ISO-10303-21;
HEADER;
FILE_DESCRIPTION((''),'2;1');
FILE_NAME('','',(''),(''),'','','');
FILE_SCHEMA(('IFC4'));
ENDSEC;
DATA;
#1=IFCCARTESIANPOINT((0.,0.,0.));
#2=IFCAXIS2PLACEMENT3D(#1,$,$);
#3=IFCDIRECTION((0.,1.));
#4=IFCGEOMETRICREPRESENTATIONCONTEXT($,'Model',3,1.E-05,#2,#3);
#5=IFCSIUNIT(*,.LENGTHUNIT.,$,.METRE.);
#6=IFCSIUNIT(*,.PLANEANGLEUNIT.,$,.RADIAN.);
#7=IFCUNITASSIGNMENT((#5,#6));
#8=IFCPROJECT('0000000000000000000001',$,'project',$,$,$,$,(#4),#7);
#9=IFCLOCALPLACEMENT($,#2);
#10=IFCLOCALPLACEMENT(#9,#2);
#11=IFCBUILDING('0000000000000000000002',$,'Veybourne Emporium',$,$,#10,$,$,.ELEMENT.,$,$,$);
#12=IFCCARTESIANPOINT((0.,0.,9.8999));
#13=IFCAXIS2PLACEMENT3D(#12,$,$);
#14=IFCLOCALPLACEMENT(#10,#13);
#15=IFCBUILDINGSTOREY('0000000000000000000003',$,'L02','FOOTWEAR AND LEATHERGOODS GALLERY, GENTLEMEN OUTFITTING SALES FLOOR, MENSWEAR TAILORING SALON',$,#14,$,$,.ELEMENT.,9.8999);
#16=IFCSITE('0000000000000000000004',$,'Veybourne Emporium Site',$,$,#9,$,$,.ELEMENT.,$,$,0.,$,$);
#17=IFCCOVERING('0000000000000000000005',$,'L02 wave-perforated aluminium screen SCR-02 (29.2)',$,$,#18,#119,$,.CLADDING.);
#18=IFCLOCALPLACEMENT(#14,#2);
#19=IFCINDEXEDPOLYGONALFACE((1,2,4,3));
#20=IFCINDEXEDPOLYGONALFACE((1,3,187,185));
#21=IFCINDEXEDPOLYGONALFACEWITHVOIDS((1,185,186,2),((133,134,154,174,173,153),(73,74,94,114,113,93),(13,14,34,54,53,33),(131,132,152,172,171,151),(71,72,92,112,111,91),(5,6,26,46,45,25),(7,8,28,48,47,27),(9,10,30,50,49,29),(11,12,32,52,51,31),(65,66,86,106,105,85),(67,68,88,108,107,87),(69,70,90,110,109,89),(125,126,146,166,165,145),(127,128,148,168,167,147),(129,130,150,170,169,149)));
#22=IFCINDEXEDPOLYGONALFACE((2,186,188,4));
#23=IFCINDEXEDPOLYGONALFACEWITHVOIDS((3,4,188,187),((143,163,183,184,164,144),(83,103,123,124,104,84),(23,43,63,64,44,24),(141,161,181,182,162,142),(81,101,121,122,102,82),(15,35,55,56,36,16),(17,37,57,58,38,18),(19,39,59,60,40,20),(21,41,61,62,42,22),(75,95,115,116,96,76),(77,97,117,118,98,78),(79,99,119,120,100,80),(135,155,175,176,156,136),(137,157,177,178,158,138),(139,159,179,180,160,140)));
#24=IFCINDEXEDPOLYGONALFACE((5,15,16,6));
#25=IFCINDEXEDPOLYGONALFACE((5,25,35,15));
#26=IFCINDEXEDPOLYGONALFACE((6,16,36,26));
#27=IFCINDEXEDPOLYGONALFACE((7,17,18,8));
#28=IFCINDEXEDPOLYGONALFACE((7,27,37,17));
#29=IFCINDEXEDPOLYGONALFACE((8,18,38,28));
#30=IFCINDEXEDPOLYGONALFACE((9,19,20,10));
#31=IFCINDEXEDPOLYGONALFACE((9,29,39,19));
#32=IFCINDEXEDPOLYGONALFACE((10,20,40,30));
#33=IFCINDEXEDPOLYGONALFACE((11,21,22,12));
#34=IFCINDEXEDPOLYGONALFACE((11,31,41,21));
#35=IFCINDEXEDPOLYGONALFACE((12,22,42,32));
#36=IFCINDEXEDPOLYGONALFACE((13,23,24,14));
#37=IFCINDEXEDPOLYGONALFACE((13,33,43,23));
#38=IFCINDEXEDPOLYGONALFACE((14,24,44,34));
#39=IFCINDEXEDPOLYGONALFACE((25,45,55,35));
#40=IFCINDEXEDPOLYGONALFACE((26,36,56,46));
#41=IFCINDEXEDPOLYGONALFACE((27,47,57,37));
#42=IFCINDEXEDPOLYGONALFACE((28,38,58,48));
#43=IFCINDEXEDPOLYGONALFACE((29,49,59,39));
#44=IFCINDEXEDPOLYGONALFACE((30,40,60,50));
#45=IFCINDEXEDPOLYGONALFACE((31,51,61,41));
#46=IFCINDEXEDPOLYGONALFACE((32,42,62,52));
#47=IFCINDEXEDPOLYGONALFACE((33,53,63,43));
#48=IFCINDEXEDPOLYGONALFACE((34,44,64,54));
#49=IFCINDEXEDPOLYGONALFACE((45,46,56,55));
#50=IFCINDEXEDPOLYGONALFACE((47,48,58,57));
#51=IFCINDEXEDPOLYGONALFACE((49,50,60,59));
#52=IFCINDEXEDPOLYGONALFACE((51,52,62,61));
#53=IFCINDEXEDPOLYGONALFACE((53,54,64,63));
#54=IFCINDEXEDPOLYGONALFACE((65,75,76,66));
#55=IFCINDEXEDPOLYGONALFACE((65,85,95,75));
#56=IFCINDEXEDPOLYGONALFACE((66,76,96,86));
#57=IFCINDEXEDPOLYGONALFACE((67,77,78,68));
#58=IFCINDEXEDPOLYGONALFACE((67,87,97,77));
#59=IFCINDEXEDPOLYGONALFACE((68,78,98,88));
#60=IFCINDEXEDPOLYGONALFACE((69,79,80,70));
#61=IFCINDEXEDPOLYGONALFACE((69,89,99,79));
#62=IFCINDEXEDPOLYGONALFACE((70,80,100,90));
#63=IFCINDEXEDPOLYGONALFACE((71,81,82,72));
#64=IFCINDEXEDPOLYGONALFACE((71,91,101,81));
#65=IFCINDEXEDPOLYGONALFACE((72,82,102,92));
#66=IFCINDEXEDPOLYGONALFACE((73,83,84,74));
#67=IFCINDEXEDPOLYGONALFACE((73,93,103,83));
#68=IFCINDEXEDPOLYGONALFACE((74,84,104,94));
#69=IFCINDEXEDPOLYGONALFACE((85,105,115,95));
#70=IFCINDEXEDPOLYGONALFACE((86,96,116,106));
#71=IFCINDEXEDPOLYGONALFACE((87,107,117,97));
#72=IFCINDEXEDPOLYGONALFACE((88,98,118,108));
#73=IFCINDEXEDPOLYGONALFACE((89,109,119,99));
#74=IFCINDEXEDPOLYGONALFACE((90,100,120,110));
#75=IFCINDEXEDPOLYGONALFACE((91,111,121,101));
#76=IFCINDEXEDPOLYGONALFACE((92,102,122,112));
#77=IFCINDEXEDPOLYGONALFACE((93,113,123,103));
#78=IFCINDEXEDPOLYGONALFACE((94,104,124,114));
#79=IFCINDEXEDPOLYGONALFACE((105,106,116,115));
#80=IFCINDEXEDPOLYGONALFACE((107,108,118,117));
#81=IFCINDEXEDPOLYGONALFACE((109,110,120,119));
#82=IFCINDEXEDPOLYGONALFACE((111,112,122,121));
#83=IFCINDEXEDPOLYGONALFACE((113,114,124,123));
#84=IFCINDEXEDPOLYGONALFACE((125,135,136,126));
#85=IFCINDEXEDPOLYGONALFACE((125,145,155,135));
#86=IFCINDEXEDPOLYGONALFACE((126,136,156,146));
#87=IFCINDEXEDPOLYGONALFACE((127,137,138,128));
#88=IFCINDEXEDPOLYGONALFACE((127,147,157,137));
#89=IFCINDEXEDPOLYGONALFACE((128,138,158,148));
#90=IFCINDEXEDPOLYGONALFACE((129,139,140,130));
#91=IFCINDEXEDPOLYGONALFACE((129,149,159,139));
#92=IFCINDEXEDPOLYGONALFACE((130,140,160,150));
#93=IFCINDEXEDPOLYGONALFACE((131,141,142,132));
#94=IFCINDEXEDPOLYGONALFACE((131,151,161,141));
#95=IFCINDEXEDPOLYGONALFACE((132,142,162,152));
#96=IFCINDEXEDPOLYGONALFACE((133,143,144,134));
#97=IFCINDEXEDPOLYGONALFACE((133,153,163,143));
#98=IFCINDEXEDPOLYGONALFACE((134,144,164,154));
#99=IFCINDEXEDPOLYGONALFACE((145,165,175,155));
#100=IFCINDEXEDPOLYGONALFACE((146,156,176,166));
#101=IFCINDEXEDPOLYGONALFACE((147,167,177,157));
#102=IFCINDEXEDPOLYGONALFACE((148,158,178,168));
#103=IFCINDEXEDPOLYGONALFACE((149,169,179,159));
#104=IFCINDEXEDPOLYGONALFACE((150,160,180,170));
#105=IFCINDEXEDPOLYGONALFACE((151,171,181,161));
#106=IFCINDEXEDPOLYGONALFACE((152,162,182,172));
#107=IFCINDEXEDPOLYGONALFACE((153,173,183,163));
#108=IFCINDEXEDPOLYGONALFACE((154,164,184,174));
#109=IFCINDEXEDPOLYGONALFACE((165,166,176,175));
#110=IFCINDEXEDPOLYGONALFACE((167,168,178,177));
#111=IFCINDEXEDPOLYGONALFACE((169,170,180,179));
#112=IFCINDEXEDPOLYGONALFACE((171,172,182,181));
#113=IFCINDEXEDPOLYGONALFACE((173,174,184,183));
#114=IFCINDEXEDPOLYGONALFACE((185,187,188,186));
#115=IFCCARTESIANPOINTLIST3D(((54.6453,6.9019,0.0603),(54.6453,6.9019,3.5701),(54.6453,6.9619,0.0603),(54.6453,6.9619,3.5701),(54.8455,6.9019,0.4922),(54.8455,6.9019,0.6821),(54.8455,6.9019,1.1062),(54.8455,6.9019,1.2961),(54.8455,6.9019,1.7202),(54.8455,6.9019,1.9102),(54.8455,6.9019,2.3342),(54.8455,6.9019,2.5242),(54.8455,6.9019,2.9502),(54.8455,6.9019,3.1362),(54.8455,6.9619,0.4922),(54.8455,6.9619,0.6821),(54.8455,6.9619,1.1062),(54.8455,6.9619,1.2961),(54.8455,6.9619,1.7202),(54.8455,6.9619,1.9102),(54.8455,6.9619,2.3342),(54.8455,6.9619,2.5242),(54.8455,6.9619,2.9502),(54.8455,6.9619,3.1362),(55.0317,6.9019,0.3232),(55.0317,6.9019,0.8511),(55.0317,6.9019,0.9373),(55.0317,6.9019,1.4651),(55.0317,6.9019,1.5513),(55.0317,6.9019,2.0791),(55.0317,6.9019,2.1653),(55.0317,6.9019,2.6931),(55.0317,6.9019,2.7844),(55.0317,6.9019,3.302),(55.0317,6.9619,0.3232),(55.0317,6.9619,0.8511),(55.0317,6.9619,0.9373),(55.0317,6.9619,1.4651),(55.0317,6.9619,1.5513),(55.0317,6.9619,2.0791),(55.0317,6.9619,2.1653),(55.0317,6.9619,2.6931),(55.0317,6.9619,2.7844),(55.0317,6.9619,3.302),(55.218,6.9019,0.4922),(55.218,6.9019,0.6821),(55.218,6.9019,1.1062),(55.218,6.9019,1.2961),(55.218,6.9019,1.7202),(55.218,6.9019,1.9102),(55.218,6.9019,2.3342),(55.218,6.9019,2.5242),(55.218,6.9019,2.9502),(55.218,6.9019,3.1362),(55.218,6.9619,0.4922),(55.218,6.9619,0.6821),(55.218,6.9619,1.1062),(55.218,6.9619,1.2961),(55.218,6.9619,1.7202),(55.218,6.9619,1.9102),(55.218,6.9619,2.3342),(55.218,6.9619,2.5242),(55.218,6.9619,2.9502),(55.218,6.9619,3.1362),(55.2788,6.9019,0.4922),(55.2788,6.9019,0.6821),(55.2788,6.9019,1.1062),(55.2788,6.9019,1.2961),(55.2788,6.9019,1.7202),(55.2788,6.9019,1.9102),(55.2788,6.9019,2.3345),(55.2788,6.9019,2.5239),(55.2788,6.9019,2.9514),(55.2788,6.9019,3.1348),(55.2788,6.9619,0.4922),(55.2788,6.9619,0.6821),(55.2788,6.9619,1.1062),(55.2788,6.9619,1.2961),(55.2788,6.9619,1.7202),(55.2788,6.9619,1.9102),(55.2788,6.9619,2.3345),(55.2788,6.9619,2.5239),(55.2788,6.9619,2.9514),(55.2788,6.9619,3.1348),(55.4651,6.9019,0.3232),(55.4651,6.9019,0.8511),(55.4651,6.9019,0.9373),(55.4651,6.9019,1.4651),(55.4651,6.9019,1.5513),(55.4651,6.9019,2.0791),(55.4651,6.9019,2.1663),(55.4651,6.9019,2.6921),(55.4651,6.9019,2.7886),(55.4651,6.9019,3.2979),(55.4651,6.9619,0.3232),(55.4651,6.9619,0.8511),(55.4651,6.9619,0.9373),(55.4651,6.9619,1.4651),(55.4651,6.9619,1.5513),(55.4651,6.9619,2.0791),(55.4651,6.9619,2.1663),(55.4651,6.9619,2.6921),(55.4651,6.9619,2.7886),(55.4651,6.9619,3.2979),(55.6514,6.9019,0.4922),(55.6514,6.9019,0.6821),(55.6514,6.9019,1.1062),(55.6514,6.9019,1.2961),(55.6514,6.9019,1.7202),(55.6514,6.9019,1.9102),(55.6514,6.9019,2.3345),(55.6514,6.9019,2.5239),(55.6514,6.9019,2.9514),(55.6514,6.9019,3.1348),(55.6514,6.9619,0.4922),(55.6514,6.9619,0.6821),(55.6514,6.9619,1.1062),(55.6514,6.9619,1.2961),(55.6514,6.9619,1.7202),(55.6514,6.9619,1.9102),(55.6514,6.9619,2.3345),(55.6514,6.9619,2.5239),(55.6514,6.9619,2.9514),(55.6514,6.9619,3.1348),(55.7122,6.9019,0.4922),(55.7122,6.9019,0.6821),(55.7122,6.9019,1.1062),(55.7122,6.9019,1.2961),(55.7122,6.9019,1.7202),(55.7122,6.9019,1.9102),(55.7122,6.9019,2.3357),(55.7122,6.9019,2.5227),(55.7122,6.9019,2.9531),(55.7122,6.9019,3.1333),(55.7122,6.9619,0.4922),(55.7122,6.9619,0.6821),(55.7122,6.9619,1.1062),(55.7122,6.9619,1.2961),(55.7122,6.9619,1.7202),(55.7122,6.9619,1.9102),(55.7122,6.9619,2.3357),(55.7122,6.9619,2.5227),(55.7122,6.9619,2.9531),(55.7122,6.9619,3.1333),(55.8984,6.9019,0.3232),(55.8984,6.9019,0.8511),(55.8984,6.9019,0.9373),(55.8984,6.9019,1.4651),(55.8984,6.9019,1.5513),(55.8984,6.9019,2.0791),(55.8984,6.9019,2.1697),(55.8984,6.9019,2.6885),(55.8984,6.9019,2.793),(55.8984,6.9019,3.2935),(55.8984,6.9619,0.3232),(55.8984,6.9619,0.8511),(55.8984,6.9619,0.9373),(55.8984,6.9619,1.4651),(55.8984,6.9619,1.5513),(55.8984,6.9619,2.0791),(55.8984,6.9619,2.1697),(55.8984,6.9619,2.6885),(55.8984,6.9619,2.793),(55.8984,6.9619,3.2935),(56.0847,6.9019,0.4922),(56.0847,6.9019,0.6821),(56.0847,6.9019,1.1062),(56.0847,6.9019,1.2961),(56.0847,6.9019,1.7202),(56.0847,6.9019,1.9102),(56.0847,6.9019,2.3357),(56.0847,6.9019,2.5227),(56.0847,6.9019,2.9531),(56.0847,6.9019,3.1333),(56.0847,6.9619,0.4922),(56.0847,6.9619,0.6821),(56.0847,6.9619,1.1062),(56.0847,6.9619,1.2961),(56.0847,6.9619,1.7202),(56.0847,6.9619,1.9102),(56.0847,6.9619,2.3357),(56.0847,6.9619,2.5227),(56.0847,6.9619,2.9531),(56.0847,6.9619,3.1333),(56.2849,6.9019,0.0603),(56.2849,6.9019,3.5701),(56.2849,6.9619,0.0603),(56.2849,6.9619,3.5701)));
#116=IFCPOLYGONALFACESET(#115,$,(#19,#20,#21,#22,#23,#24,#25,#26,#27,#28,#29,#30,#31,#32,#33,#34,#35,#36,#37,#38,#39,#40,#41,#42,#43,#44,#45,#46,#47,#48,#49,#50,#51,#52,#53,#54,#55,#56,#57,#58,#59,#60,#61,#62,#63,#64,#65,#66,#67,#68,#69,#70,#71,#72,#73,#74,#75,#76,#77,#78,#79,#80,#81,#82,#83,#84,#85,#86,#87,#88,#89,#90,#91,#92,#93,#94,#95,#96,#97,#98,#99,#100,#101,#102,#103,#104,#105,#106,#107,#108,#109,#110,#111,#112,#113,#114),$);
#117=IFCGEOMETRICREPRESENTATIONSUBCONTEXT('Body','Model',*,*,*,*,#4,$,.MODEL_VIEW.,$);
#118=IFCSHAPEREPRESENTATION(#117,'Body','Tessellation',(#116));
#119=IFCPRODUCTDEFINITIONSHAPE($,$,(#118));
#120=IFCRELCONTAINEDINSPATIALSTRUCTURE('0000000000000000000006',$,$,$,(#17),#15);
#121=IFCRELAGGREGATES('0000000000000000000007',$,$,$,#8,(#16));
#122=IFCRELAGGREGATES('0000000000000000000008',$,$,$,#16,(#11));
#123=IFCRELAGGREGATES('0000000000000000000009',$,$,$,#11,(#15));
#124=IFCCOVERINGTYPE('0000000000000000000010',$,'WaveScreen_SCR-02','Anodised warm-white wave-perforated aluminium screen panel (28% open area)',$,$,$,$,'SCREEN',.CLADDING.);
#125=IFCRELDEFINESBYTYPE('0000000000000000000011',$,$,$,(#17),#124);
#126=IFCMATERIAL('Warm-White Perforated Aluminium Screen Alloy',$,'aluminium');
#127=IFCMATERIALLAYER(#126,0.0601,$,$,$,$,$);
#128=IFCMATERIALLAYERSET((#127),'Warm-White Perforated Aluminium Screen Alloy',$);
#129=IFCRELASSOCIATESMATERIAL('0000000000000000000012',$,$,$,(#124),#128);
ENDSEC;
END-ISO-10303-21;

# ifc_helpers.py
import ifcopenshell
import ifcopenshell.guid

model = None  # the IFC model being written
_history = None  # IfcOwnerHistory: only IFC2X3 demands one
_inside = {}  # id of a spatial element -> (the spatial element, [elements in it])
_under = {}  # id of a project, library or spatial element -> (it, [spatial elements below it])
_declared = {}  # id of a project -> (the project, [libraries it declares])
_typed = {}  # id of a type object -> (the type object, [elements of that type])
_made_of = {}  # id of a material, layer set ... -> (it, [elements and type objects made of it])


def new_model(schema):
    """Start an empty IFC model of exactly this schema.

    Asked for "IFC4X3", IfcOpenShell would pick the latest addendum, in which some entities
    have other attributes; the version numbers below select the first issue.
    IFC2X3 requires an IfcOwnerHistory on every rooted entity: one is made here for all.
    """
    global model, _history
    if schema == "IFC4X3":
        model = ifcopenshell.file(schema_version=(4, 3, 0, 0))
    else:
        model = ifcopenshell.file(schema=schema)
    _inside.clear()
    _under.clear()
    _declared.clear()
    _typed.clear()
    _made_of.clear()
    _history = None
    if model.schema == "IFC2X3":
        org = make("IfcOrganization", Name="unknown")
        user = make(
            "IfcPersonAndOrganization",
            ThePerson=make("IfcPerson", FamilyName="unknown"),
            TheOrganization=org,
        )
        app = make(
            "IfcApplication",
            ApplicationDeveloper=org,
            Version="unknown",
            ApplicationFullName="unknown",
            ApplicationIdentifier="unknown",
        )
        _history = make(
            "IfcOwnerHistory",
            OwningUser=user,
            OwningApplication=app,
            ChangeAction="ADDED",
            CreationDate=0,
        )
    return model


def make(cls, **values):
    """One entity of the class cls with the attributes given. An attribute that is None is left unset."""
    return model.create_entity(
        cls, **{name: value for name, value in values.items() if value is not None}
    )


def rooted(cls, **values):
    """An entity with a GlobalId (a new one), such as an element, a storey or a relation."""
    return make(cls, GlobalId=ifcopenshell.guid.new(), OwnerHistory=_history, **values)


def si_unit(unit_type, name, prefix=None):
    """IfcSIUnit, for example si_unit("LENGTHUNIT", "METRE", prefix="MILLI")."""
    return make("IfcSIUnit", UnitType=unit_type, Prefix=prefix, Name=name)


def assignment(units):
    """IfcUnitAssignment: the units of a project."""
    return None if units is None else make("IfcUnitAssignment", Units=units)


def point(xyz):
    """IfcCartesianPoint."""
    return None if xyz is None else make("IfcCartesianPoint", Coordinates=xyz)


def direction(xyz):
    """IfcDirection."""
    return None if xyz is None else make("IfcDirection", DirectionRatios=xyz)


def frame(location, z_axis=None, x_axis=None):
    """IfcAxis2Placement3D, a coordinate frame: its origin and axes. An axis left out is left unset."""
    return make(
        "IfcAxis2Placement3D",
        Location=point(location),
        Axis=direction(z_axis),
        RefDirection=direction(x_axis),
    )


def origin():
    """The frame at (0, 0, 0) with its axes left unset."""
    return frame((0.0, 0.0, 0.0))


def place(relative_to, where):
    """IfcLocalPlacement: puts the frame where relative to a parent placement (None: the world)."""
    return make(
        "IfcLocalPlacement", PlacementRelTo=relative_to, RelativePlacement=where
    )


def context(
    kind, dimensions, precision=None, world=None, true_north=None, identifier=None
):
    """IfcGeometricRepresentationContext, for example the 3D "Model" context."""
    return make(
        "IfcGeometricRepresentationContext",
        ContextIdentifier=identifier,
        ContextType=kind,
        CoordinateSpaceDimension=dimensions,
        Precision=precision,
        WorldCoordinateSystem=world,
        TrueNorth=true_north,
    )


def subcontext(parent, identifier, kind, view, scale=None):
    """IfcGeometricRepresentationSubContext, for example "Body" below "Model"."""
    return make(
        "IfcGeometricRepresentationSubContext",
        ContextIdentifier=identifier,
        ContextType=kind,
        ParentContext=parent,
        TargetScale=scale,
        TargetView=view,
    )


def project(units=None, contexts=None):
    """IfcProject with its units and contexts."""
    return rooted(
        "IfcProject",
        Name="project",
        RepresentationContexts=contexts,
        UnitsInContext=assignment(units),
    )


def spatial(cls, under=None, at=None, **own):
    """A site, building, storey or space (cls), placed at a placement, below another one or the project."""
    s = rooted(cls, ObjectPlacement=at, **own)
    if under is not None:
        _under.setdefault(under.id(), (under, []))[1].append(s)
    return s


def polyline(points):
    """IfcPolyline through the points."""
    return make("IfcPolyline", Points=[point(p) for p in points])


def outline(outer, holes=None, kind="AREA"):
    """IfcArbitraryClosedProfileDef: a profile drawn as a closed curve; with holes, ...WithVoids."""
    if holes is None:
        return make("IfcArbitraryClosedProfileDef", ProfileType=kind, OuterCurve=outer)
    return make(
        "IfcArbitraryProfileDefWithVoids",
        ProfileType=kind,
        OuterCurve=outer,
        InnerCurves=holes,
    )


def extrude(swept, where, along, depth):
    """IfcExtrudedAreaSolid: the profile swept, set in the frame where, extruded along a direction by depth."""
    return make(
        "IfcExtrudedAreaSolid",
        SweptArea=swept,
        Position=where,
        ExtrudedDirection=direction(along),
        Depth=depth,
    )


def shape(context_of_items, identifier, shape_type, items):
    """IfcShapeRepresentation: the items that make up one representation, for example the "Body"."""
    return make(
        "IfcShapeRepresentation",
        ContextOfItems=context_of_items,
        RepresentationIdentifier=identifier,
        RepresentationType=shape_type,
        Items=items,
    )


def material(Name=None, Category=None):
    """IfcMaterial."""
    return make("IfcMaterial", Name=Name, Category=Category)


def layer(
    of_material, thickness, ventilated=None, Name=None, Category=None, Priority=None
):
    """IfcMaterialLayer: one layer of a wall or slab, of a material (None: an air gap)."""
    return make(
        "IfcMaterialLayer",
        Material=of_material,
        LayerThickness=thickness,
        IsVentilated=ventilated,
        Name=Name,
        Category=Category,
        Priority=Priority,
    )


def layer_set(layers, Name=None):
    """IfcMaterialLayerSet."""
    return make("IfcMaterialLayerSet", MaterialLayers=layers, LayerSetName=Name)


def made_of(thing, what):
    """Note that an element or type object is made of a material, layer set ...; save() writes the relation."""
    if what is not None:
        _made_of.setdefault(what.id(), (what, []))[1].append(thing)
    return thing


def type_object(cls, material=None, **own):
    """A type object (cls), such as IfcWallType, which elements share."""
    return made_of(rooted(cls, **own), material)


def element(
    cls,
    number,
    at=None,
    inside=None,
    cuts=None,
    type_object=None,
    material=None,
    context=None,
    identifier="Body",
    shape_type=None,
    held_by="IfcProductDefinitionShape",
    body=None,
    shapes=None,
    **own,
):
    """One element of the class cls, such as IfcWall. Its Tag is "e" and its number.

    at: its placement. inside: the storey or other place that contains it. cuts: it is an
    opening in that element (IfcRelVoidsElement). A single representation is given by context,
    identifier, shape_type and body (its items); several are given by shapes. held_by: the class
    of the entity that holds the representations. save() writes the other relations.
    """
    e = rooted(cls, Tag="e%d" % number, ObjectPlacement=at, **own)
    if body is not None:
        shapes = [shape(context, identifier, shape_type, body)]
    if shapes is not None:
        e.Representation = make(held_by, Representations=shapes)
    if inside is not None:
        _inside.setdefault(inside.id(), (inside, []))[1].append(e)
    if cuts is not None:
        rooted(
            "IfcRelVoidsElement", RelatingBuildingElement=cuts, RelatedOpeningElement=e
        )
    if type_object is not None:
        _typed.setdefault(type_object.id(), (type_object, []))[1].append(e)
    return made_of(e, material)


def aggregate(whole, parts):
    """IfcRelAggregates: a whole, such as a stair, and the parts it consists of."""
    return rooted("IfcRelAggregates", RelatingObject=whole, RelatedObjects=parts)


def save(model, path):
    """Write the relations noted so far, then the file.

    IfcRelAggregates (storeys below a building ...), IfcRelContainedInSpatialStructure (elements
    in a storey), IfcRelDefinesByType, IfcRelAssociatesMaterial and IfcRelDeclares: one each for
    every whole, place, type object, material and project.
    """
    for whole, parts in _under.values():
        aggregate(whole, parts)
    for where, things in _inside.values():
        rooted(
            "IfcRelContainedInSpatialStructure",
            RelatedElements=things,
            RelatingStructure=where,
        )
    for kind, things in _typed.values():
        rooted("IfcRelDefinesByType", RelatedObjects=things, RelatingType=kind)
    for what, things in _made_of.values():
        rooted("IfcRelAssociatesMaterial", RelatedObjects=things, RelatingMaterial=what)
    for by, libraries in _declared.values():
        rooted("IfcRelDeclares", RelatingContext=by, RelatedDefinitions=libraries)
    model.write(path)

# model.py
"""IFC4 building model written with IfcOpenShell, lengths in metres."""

from ifc_helpers import new_model, si_unit, direction, frame, origin, place, context, subcontext, project, spatial, polyline, outline, extrude, material, layer, layer_set, type_object, element, save


model = new_model("IFC4")

# Units and contexts
model_context = context("Model", 3, precision=1e-05, world=origin(), true_north=direction((0.0, 1.0)))
body_context = subcontext(model_context, "Body", "Model", "MODEL_VIEW")
ifc_project = project(units=[si_unit("LENGTHUNIT", "METRE"), si_unit("PLANEANGLEUNIT", "RADIAN")], contexts=[model_context])

# Site, building, storey
site_placement = place(None, origin())
site = spatial("IfcSite", under=ifc_project, at=site_placement, Name="Veybourne Emporium Site", CompositionType="ELEMENT", RefElevation=0.0)
building_placement = place(site_placement, origin())
building = spatial("IfcBuilding", under=site, at=building_placement, Name="Veybourne Emporium", CompositionType="ELEMENT")
storey_placement = place(building_placement, frame((0.0, 0.0, 9.8999)))
storey = spatial("IfcBuildingStorey", under=building, at=storey_placement, Name="L02", Description="FOOTWEAR AND LEATHERGOODS GALLERY, GENTLEMEN OUTFITTING SALES FLOOR, MENSWEAR TAILORING SALON", CompositionType="ELEMENT", Elevation=9.8999)

# Covering
ifc_material_1 = material(Name="Warm-White Perforated Aluminium Screen Alloy", Category="aluminium")
ifc_layer_1 = layer(ifc_material_1, 0.0601)
ifc_layer_set_1 = layer_set([ifc_layer_1], Name="Warm-White Perforated Aluminium Screen Alloy")
covering_type_1 = type_object("IfcCoveringType", Name="WaveScreen_SCR-02", Description="Anodised warm-white wave-perforated aluminium screen panel (28% open area)", ElementType="SCREEN", PredefinedType="CLADDING", material=ifc_layer_set_1)
covering_1_placement = place(storey_placement, frame((55.4651, 6.9019, 1.8152), z_axis=(0.0, 1.0, 0.0), x_axis=(-1.0, 0.0, 0.0)))
element("IfcCovering", 1, at=covering_1_placement, inside=storey, type_object=covering_type_1, Name="L02 wave-perforated aluminium screen SCR-02 (29.2)", PredefinedType="CLADDING", context=body_context, shape_type="SweptSolid", body=[
    extrude(outline(polyline([(-0.8198, -1.7549), (0.8198, -1.7549), (0.8198, 1.7549), (-0.8198, 1.7549), (-0.8198, -1.7549)]), holes=[polyline([(-0.4333, -0.9641), (-0.2471, -1.1331), (-0.2471, -1.323), (-0.4333, -1.4919), (-0.6196, -1.323), (-0.6196, -1.1331), (-0.4333, -0.9641)]), polyline([(-0.4333, -0.3501), (-0.2471, -0.519), (-0.2471, -0.709), (-0.4333, -0.8779), (-0.6196, -0.709), (-0.6196, -0.519), (-0.4333, -0.3501)]), polyline([(-0.4333, 0.2639), (-0.2471, 0.095), (-0.2471, -0.095), (-0.4333, -0.2639), (-0.6196, -0.095), (-0.6196, 0.095), (-0.4333, 0.2639)]), polyline([(-0.4333, 0.8733), (-0.2471, 0.7075), (-0.2471, 0.5205), (-0.4333, 0.3545), (-0.6196, 0.5205), (-0.6196, 0.7075), (-0.4333, 0.8733)]), polyline([(-0.4333, 1.4783), (-0.2471, 1.3181), (-0.2471, 1.1379), (-0.4333, 0.9778), (-0.6196, 1.1379), (-0.6196, 1.3181), (-0.4333, 1.4783)]), polyline([(0.0, -0.9641), (0.1863, -1.1331), (0.1863, -1.323), (0.0, -1.4919), (-0.1863, -1.323), (-0.1863, -1.1331), (0.0, -0.9641)]), polyline([(0.0, -0.3501), (0.1863, -0.519), (0.1863, -0.709), (0.0, -0.8779), (-0.1863, -0.709), (-0.1863, -0.519), (0.0, -0.3501)]), polyline([(0.0, 0.2639), (0.1863, 0.095), (0.1863, -0.095), (0.0, -0.2639), (-0.1863, -0.095), (-0.1863, 0.095), (0.0, 0.2639)]), polyline([(0.0, 0.877), (0.1863, 0.7087), (0.1863, 0.5193), (0.0, 0.3511), (-0.1863, 0.5193), (-0.1863, 0.7087), (0.0, 0.877)]), polyline([(0.0, 1.4827), (0.1863, 1.3196), (0.1863, 1.1362), (0.0, 0.9734), (-0.1863, 1.1362), (-0.1863, 1.3196), (0.0, 1.4827)]), polyline([(0.4333, -0.9641), (0.6196, -1.1331), (0.6196, -1.323), (0.4333, -1.4919), (0.2471, -1.323), (0.2471, -1.1331), (0.4333, -0.9641)]), polyline([(0.4333, -0.3501), (0.6196, -0.519), (0.6196, -0.709), (0.4333, -0.8779), (0.2471, -0.709), (0.2471, -0.519), (0.4333, -0.3501)]), polyline([(0.4333, 0.2639), (0.6196, 0.095), (0.6196, -0.095), (0.4333, -0.2639), (0.2471, -0.095), (0.2471, 0.095), (0.4333, 0.2639)]), polyline([(0.4333, 0.8779), (0.6196, 0.709), (0.6196, 0.519), (0.4333, 0.3501), (0.2471, 0.519), (0.2471, 0.709), (0.4333, 0.8779)]), polyline([(0.4333, 1.4868), (0.6196, 1.321), (0.6196, 1.135), (0.4333, 0.9692), (0.2471, 1.135), (0.2471, 1.321), (0.4333, 1.4868)])]), origin(), (0.0, 0.0, 1.0), 0.0601),
])

save(model, "model.ifc")
